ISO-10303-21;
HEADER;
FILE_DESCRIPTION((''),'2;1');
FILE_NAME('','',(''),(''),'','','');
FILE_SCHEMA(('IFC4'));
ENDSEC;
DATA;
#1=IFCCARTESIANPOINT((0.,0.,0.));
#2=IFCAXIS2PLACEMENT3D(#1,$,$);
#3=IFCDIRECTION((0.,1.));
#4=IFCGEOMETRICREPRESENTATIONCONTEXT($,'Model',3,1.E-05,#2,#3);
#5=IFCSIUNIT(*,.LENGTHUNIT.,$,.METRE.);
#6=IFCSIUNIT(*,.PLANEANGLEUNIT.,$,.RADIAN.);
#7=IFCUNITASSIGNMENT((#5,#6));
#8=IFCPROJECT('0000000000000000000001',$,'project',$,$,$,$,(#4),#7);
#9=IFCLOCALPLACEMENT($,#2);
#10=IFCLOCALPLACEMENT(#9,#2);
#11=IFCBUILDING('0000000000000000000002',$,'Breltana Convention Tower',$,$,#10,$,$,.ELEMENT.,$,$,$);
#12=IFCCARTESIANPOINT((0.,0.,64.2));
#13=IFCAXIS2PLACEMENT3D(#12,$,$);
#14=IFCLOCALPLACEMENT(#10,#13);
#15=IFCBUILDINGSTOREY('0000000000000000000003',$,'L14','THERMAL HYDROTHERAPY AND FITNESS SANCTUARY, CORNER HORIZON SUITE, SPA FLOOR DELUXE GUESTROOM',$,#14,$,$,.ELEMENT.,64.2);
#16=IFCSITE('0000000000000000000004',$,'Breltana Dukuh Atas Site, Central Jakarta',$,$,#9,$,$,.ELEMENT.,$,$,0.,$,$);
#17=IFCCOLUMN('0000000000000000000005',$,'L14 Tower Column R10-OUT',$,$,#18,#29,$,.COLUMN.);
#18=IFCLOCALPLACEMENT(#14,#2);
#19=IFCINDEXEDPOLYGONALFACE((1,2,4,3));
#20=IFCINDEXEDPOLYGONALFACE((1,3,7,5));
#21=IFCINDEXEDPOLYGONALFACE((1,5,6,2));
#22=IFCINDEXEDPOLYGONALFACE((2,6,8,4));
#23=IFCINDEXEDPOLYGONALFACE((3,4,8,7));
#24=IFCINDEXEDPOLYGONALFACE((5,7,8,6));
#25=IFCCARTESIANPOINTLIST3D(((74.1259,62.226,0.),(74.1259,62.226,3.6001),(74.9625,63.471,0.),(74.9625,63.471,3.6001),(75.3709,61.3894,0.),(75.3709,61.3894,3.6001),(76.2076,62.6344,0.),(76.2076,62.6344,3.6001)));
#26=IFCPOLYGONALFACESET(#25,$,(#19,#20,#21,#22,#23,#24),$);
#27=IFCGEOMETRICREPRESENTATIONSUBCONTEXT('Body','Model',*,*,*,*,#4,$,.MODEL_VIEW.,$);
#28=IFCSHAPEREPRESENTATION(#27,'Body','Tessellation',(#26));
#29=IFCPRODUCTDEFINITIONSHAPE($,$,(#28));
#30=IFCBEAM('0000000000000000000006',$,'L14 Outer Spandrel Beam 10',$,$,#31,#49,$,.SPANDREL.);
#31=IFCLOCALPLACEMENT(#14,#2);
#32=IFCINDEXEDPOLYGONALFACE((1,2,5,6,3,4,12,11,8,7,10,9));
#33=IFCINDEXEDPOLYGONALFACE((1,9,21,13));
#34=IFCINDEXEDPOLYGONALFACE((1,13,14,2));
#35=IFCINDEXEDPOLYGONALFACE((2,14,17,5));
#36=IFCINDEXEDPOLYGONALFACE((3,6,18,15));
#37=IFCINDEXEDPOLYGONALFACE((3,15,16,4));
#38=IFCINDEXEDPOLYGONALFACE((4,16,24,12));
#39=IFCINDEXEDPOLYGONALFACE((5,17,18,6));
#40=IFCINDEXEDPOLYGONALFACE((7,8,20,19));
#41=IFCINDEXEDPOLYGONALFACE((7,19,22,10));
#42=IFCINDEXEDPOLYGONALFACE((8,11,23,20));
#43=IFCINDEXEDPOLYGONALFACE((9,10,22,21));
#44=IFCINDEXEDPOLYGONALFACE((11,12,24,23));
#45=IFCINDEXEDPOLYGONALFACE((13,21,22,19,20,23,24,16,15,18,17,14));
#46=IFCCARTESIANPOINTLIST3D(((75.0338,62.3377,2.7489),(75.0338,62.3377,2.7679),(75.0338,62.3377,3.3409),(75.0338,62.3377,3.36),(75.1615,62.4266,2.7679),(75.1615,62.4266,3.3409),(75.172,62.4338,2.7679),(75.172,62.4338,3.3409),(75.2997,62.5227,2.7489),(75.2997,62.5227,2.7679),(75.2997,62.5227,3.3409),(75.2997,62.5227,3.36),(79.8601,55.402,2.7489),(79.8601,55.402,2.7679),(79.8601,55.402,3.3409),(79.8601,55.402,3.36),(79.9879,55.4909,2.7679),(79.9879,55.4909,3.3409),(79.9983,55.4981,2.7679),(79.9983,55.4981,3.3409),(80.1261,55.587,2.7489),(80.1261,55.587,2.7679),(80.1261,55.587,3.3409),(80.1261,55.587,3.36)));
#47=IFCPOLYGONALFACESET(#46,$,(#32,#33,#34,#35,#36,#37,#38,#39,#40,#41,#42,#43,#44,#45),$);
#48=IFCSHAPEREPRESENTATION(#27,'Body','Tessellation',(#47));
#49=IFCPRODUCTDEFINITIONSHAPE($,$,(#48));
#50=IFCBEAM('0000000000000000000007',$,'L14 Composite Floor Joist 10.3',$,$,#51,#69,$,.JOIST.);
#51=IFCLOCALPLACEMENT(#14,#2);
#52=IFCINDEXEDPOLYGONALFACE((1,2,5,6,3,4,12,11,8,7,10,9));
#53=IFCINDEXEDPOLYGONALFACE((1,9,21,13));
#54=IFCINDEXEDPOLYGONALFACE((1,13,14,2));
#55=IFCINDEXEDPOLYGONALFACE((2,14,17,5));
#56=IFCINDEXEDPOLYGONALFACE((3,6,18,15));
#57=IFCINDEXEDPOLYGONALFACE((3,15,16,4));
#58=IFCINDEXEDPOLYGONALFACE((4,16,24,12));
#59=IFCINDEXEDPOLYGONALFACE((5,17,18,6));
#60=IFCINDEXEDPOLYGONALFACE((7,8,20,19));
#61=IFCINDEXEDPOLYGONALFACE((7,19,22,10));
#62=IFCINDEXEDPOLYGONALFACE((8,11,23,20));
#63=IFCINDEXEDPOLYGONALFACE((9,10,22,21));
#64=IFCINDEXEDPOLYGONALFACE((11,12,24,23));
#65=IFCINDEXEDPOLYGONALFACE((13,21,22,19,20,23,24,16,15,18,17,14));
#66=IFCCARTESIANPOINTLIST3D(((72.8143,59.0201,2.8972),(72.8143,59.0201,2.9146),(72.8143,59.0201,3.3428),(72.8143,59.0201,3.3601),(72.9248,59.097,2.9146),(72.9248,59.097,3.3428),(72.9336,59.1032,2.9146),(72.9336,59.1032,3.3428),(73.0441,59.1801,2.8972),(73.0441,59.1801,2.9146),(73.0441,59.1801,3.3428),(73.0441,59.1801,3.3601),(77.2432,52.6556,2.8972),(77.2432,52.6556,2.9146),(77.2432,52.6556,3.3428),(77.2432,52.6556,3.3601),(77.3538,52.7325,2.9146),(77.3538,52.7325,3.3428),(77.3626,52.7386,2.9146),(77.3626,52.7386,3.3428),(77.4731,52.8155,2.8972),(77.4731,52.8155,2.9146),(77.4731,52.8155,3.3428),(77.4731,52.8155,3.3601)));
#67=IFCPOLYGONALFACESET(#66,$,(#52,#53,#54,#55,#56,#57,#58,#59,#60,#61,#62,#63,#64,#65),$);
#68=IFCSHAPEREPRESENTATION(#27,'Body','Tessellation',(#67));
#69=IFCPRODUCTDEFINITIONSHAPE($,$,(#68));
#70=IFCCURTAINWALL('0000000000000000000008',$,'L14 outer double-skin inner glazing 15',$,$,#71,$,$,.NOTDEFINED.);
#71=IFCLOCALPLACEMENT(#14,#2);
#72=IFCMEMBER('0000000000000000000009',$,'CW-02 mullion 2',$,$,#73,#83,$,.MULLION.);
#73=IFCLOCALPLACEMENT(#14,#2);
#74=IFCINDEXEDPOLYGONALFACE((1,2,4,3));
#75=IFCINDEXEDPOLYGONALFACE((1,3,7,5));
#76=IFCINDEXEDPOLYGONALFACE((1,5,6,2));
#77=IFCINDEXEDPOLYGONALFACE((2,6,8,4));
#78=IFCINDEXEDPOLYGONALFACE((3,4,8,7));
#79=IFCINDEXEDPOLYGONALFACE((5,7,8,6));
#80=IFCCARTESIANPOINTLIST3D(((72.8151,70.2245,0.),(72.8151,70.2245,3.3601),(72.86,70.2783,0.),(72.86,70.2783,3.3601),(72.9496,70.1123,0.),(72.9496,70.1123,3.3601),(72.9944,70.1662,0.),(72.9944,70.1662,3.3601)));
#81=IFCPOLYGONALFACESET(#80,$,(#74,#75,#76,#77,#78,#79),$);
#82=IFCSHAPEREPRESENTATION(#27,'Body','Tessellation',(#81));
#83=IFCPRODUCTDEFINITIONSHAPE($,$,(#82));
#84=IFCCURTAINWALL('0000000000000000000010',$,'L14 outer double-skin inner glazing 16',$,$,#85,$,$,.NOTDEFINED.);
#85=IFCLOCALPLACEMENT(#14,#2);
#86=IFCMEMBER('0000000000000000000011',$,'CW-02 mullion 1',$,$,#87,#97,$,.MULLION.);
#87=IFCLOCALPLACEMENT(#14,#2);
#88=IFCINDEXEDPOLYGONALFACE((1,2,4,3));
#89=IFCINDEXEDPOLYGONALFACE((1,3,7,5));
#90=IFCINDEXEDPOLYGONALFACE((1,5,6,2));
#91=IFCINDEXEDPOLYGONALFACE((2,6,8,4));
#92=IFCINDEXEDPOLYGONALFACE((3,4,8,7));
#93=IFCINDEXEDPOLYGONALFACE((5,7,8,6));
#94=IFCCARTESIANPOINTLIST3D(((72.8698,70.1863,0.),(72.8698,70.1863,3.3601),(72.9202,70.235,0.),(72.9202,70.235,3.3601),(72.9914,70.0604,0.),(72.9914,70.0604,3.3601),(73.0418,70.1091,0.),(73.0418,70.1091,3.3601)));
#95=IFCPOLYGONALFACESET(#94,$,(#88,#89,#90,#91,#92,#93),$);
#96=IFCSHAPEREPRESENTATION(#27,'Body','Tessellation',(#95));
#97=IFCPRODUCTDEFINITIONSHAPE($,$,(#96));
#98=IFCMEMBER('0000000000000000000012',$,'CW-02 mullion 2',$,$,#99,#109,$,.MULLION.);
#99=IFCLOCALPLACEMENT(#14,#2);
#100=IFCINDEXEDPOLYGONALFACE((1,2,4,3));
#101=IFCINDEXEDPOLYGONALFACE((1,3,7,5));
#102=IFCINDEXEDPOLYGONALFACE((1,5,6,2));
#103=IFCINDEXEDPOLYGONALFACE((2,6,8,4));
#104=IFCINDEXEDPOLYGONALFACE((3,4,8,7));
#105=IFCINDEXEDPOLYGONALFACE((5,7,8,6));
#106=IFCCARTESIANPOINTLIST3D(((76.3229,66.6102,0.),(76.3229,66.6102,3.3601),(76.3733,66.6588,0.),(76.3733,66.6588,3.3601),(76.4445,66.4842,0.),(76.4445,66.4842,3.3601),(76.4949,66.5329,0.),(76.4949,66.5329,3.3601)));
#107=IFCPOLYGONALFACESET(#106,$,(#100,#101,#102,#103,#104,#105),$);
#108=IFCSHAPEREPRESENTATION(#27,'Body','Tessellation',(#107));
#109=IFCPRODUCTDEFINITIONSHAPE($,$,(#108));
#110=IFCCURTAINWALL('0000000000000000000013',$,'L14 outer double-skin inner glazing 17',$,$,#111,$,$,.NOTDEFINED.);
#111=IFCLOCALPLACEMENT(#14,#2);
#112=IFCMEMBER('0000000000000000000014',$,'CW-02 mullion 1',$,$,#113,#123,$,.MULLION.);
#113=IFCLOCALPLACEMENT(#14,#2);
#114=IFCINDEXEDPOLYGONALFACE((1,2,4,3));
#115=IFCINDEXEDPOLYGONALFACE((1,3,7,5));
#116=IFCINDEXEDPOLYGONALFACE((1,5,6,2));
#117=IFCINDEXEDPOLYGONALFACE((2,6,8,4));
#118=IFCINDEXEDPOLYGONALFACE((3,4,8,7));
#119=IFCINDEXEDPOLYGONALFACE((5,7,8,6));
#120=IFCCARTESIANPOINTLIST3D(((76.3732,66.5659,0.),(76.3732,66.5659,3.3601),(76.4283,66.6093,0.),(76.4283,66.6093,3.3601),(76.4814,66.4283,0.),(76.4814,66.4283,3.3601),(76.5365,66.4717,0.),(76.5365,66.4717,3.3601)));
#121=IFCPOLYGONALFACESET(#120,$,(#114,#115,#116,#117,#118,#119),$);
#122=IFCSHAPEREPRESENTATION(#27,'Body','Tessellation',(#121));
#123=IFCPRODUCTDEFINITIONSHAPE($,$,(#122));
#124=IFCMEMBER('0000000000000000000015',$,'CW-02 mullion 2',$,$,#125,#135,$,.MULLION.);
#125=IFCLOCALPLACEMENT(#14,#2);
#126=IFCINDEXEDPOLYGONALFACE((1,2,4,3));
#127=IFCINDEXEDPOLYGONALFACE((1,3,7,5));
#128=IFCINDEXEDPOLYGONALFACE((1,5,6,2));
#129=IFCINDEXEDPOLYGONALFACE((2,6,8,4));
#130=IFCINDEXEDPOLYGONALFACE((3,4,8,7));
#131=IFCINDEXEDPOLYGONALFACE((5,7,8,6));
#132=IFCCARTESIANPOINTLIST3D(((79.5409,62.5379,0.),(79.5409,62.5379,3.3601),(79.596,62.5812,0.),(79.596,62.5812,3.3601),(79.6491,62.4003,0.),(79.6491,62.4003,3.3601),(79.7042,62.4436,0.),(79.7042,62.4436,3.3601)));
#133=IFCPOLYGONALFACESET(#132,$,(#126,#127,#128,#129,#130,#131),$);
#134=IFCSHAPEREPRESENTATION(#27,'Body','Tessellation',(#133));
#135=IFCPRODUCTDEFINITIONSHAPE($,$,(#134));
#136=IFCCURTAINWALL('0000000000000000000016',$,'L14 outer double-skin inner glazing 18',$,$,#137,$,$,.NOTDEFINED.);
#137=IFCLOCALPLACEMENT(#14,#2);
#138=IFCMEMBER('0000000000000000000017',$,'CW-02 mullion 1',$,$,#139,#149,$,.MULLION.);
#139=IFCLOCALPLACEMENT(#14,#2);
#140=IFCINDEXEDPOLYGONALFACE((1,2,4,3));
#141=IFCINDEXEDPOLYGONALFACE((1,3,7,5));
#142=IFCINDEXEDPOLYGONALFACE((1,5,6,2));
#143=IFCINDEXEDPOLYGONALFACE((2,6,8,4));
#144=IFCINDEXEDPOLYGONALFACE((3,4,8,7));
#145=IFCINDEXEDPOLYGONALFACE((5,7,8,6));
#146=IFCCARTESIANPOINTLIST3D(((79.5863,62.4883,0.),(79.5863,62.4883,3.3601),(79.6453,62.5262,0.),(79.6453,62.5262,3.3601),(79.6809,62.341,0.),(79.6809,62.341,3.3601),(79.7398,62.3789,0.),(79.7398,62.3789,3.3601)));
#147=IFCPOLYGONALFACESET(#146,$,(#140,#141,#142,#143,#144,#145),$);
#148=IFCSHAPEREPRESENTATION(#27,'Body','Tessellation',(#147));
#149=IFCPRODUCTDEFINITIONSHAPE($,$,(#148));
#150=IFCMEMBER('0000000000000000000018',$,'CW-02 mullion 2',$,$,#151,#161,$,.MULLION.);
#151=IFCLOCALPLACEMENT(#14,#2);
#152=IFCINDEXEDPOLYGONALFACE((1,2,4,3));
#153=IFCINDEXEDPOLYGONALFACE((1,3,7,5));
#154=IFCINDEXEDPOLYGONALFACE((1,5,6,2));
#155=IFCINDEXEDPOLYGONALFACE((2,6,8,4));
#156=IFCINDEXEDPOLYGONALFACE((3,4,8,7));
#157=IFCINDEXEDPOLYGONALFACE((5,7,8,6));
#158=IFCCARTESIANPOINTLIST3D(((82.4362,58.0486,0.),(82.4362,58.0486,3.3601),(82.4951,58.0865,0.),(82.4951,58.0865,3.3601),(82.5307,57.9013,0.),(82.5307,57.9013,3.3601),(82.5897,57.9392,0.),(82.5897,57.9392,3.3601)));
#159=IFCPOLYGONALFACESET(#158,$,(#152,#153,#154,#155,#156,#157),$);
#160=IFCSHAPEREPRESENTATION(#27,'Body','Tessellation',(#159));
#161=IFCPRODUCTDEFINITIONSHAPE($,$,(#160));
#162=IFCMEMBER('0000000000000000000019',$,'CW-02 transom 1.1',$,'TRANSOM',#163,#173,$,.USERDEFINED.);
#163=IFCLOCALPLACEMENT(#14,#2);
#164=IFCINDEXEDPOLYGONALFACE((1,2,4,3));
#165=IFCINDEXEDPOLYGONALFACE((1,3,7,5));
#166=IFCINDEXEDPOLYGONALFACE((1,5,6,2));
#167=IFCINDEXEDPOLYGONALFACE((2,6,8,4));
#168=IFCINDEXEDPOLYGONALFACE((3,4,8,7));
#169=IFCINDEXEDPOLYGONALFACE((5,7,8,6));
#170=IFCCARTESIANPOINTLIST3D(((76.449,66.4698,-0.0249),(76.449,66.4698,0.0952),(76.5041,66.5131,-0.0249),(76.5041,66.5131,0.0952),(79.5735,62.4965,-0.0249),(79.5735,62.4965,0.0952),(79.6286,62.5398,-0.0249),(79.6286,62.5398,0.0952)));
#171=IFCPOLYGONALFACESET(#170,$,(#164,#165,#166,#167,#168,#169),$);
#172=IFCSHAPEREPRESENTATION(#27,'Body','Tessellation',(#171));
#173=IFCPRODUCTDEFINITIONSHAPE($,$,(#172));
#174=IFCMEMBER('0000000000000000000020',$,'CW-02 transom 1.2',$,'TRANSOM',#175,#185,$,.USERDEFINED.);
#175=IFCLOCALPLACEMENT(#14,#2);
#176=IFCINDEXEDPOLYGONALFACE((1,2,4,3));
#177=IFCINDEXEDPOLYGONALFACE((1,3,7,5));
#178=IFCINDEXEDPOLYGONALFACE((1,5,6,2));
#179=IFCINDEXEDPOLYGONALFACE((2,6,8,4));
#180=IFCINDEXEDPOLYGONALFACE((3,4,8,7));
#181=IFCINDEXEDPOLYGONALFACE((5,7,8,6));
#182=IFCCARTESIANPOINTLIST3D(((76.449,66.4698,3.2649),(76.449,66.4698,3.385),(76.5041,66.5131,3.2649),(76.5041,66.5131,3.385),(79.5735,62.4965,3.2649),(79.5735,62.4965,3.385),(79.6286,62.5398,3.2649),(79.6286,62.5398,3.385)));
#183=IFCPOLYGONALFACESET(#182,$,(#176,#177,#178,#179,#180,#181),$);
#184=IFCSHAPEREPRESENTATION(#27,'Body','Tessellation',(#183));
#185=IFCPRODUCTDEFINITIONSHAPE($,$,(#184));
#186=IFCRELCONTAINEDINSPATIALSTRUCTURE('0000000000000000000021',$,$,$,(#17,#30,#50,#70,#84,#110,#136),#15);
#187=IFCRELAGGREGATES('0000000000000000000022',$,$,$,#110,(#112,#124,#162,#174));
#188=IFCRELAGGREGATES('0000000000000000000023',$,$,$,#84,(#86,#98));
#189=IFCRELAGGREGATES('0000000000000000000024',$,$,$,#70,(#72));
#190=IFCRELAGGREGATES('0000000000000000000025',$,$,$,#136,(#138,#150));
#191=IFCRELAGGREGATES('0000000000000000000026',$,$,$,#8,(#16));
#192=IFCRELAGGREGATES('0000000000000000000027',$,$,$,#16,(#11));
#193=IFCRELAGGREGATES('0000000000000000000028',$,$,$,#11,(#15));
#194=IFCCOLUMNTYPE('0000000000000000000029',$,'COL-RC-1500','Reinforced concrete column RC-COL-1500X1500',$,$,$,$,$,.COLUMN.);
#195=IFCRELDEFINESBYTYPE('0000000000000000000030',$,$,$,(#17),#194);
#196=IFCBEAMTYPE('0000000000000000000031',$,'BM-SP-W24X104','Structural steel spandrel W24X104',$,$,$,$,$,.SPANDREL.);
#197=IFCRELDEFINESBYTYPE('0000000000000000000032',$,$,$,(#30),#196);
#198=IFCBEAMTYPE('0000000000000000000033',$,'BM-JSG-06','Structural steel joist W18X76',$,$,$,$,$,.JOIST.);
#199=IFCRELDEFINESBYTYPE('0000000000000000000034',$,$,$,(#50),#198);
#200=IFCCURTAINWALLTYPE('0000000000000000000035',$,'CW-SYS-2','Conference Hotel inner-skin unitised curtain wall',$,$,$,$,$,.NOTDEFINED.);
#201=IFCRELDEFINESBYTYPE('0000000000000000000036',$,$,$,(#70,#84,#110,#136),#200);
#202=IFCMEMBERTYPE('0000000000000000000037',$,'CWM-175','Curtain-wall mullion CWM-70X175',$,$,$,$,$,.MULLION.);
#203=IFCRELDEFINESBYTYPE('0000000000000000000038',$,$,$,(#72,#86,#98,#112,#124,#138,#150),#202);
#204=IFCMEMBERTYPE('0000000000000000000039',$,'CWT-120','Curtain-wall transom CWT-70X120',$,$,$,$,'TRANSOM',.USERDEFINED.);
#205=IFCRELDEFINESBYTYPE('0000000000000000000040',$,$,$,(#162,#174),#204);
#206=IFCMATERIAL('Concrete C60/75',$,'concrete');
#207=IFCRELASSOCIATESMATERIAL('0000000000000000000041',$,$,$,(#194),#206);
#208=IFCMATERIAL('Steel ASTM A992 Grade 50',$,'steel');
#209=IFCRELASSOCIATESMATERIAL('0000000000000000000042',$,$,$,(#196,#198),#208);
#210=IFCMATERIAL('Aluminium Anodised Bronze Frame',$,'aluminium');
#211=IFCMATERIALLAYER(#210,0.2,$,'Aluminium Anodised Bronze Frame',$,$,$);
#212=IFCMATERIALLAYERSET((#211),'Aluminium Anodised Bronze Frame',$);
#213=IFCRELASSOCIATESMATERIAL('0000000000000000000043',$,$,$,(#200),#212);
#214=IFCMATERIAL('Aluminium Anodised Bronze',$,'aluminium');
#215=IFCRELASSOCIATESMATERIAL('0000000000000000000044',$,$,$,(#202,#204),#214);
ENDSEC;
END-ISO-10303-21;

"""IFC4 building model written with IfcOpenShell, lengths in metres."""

from ifc_helpers import new_model, si_unit, direction, frame, origin, origin_2d, place, context, subcontext, project, spatial, rectangle, i_section, extrude, source, transform, mapped, material, layer, layer_set, material_profile, profile_set, type_object, type_shapes, element, aggregate, save


model = new_model("IFC4")

# Units and contexts
model_context = context("Model", 3, precision=1e-05, world=origin(), true_north=direction((0.0, 1.0)))
body_context = subcontext(model_context, "Body", "Model", "MODEL_VIEW")
ifc_project = project(units=[si_unit("LENGTHUNIT", "METRE"), si_unit("PLANEANGLEUNIT", "RADIAN")], contexts=[model_context])

# Site, building, storey
site_placement = place(None, origin())
site = spatial("IfcSite", under=ifc_project, at=site_placement, Name="Breltana Dukuh Atas Site, Central Jakarta", CompositionType="ELEMENT", RefElevation=0.0)
building_placement = place(site_placement, origin())
building = spatial("IfcBuilding", under=site, at=building_placement, Name="Breltana Convention Tower", CompositionType="ELEMENT")
storey_placement = place(building_placement, frame((0.0, 0.0, 64.2)))
storey = spatial("IfcBuildingStorey", under=building, at=storey_placement, Name="L14", Description="THERMAL HYDROTHERAPY AND FITNESS SANCTUARY, CORNER HORIZON SUITE, SPA FLOOR DELUXE GUESTROOM", CompositionType="ELEMENT", Elevation=64.2)

# Column
ifc_material_1 = material(Name="Concrete C60/75", Category="concrete")
ifc_material_profile_1 = material_profile(ifc_material_1, rectangle(XDim=1.5, YDim=1.5, at=origin_2d()), Name="RC-COL-1500X1500")
ifc_profile_set_1 = profile_set([ifc_material_profile_1], Name="Concrete C60/75")
column_type = type_object("IfcColumnType", Name="COL-RC-1500", Description="Reinforced concrete column RC-COL-1500X1500", PredefinedType="COLUMN", material=ifc_profile_set_1)
shared_shape_1 = source(origin(), body_context, "Body", "SweptSolid", [
    extrude(rectangle(XDim=1.5, YDim=1.5, at=origin_2d()), origin(), (0.0, 0.0, 1.0), 3.6001),
])
column_placement = place(storey_placement, frame((75.1667, 62.4302, 0.0), z_axis=(0.0, 0.0, 1.0), x_axis=(0.557745, 0.830012, 0.0)))
element("IfcColumn", 1, at=column_placement, inside=storey, type_object=column_type, Name="L14 Tower Column R10-OUT", PredefinedType="COLUMN", context=body_context, shape_type="MappedRepresentation", body=[
    mapped(shared_shape_1, transform((0.0, 0.0, 0.0), scale=1.0)),
])

# Beams
ifc_material_2 = material(Name="Steel ASTM A992 Grade 50", Category="steel")
ifc_material_profile_2 = material_profile(ifc_material_2, i_section(OverallWidth=0.324, OverallDepth=0.6111, WebThickness=0.0127, FlangeThickness=0.019, at=origin_2d()), Name="W24X104")
ifc_profile_set_2 = profile_set([ifc_material_profile_2], Name="Steel ASTM A992 Grade 50")
beam_type_1 = type_object("IfcBeamType", Name="BM-SP-W24X104", Description="Structural steel spandrel W24X104", PredefinedType="SPANDREL", material=ifc_profile_set_2)
shared_shape_2 = source(origin(), body_context, "Body", "SweptSolid", [
    extrude(i_section(OverallWidth=0.324, OverallDepth=0.6111, WebThickness=0.0127, FlangeThickness=0.019, at=origin_2d()), origin(), (0.0, 0.0, 1.0), 8.4497),
])
beam_1_placement = place(storey_placement, frame((75.1667, 62.4302, 3.0544), z_axis=(0.571186, -0.820821, 0.0), x_axis=(0.820821, 0.571186, 0.0)))
element("IfcBeam", 2, at=beam_1_placement, inside=storey, type_object=beam_type_1, Name="L14 Outer Spandrel Beam 10", PredefinedType="SPANDREL", context=body_context, shape_type="MappedRepresentation", body=[
    mapped(shared_shape_2, transform((0.0, 0.0, 0.0), scale=1.0)),
])
ifc_material_profile_3 = material_profile(ifc_material_2, i_section(OverallWidth=0.28, OverallDepth=0.4629, WebThickness=0.0107, FlangeThickness=0.0173, at=origin_2d()), Name="W18X76")
ifc_profile_set_3 = profile_set([ifc_material_profile_3], Name="Steel ASTM A992 Grade 50")
beam_type_2 = type_object("IfcBeamType", Name="BM-JSG-06", Description="Structural steel joist W18X76", PredefinedType="JOIST", material=ifc_profile_set_3)
shared_shape_3 = source(origin(), body_context, "Body", "SweptSolid", [
    extrude(i_section(OverallWidth=0.28, OverallDepth=0.4629, WebThickness=0.0107, FlangeThickness=0.0173, at=origin_2d()), origin(), (0.0, 0.0, 1.0), 7.7539),
])
beam_2_placement = place(storey_placement, frame((72.9292, 59.1001, 3.1287), z_axis=(0.571193, -0.820816, 0.0), x_axis=(0.820816, 0.571193, 0.0)))
element("IfcBeam", 3, at=beam_2_placement, inside=storey, type_object=beam_type_2, Name="L14 Composite Floor Joist 10.3", PredefinedType="JOIST", context=body_context, shape_type="MappedRepresentation", body=[
    mapped(shared_shape_3, transform((0.0, 0.0, 0.0), scale=1.0)),
])

# Curtain wall, member
ifc_material_3 = material(Name="Aluminium Anodised Bronze Frame", Category="aluminium")
ifc_layer_1 = layer(ifc_material_3, 0.2, Name="Aluminium Anodised Bronze Frame")
ifc_layer_set_1 = layer_set([ifc_layer_1], Name="Aluminium Anodised Bronze Frame")
curtain_wall_type = type_object("IfcCurtainWallType", Name="CW-SYS-2", Description="Conference Hotel inner-skin unitised curtain wall", PredefinedType="NOTDEFINED", material=ifc_layer_set_1)
curtain_wall_1_placement = place(storey_placement, origin())
curtain_wall_1 = element("IfcCurtainWall", 4, at=curtain_wall_1_placement, inside=storey, type_object=curtain_wall_type, Name="L14 outer double-skin inner glazing 15", PredefinedType="NOTDEFINED")
ifc_material_4 = material(Name="Aluminium Anodised Bronze", Category="aluminium")
ifc_material_profile_4 = material_profile(ifc_material_4, rectangle(XDim=0.0701, YDim=0.175, at=origin_2d()), Name="CWM-70X175")
ifc_profile_set_4 = profile_set([ifc_material_profile_4], Name="Aluminium Anodised Bronze")
member_type_1 = type_object("IfcMemberType", Name="CWM-175", Description="Curtain-wall mullion CWM-70X175", PredefinedType="MULLION", material=ifc_profile_set_4)
shared_shape_4 = source(origin(), body_context, "Body", "SweptSolid", [
    extrude(rectangle(XDim=0.0701, YDim=0.175, at=origin_2d()), origin(), (0.0, 0.0, 1.0), 3.3601),
])
type_shapes(member_type_1, [shared_shape_4])
member_1_placement = place(storey_placement, frame((72.9048, 70.1953, 0.0), z_axis=(0.0, 0.0, 1.0), x_axis=(0.64052, 0.767941, 0.0)))
member_1 = element("IfcMember", 5, at=member_1_placement, type_object=member_type_1, Name="CW-02 mullion 2", PredefinedType="MULLION", context=body_context, shape_type="MappedRepresentation", body=[
    mapped(shared_shape_4, transform((0.0, 0.0, 0.0), scale=1.0)),
])

# Curtain walls, members
curtain_wall_2_placement = place(storey_placement, origin())
curtain_wall_2 = element("IfcCurtainWall", 6, at=curtain_wall_2_placement, inside=storey, type_object=curtain_wall_type, Name="L14 outer double-skin inner glazing 16", PredefinedType="NOTDEFINED")
member_2_placement = place(storey_placement, frame((72.9558, 70.1477, 0.0), z_axis=(0.0, 0.0, 1.0), x_axis=(0.719386, 0.69461, 0.0)))
member_2 = element("IfcMember", 7, at=member_2_placement, type_object=member_type_1, Name="CW-02 mullion 1", PredefinedType="MULLION", context=body_context, shape_type="MappedRepresentation", body=[
    mapped(shared_shape_4, transform((0.0, 0.0, 0.0), scale=1.0)),
])
member_3_placement = place(storey_placement, frame((76.4089, 66.5715, 0.0), z_axis=(0.0, 0.0, 1.0), x_axis=(0.719386, 0.69461, 0.0)))
member_3 = element("IfcMember", 8, at=member_3_placement, type_object=member_type_1, Name="CW-02 mullion 2", PredefinedType="MULLION", context=body_context, shape_type="MappedRepresentation", body=[
    mapped(shared_shape_4, transform((0.0, 0.0, 0.0), scale=1.0)),
])
curtain_wall_3_placement = place(storey_placement, origin())
curtain_wall_3 = element("IfcCurtainWall", 9, at=curtain_wall_3_placement, inside=storey, type_object=curtain_wall_type, Name="L14 outer double-skin inner glazing 17", PredefinedType="NOTDEFINED")
member_4_placement = place(storey_placement, frame((76.4548, 66.5188, 0.0), z_axis=(0.0, 0.0, 1.0), x_axis=(0.786057, 0.618154, 0.0)))
member_4 = element("IfcMember", 10, at=member_4_placement, type_object=member_type_1, Name="CW-02 mullion 1", PredefinedType="MULLION", context=body_context, shape_type="MappedRepresentation", body=[
    mapped(shared_shape_4, transform((0.0, 0.0, 0.0), scale=1.0)),
])
member_5_placement = place(storey_placement, frame((79.6226, 62.4907, 0.0), z_axis=(0.0, 0.0, 1.0), x_axis=(0.786057, 0.618154, 0.0)))
member_5 = element("IfcMember", 11, at=member_5_placement, type_object=member_type_1, Name="CW-02 mullion 2", PredefinedType="MULLION", context=body_context, shape_type="MappedRepresentation", body=[
    mapped(shared_shape_4, transform((0.0, 0.0, 0.0), scale=1.0)),
])
curtain_wall_4_placement = place(storey_placement, origin())
curtain_wall_4 = element("IfcCurtainWall", 12, at=curtain_wall_4_placement, inside=storey, type_object=curtain_wall_type, Name="L14 outer double-skin inner glazing 18", PredefinedType="NOTDEFINED")
member_6_placement = place(storey_placement, frame((79.6631, 62.4336, 0.0), z_axis=(0.0, 0.0, 1.0), x_axis=(0.841549, 0.540181, 0.0)))
member_6 = element("IfcMember", 13, at=member_6_placement, type_object=member_type_1, Name="CW-02 mullion 1", PredefinedType="MULLION", context=body_context, shape_type="MappedRepresentation", body=[
    mapped(shared_shape_4, transform((0.0, 0.0, 0.0), scale=1.0)),
])
member_7_placement = place(storey_placement, frame((82.5129, 57.9939, 0.0), z_axis=(0.0, 0.0, 1.0), x_axis=(0.841549, 0.540181, 0.0)))
member_7 = element("IfcMember", 14, at=member_7_placement, type_object=member_type_1, Name="CW-02 mullion 2", PredefinedType="MULLION", context=body_context, shape_type="MappedRepresentation", body=[
    mapped(shared_shape_4, transform((0.0, 0.0, 0.0), scale=1.0)),
])

# Members
ifc_material_profile_5 = material_profile(ifc_material_4, rectangle(XDim=0.0701, YDim=0.1201, at=origin_2d()), Name="CWT-70X120")
ifc_profile_set_5 = profile_set([ifc_material_profile_5], Name="Aluminium Anodised Bronze")
member_type_2 = type_object("IfcMemberType", Name="CWT-120", Description="Curtain-wall transom CWT-70X120", ElementType="TRANSOM", PredefinedType="USERDEFINED", material=ifc_profile_set_5)
shared_shape_5 = source(origin(), body_context, "Body", "SweptSolid", [
    extrude(rectangle(XDim=0.0701, YDim=0.1201, at=origin_2d()), origin(), (0.0, 0.0, 1.0), 5.0547),
])
member_8_placement = place(storey_placement, frame((76.4766, 66.4915, 0.0352), z_axis=(0.618135, -0.786072, 0.0), x_axis=(0.786072, 0.618135, 0.0)))
member_8 = element("IfcMember", 15, at=member_8_placement, type_object=member_type_2, Name="CW-02 transom 1.1", ObjectType="TRANSOM", PredefinedType="USERDEFINED", context=body_context, shape_type="MappedRepresentation", body=[
    mapped(shared_shape_5, transform((0.0, 0.0, 0.0), scale=1.0)),
])
member_9_placement = place(storey_placement, frame((76.4766, 66.4915, 3.325), z_axis=(0.618135, -0.786072, 0.0), x_axis=(0.786072, 0.618135, 0.0)))
member_9 = element("IfcMember", 16, at=member_9_placement, type_object=member_type_2, Name="CW-02 transom 1.2", ObjectType="TRANSOM", PredefinedType="USERDEFINED", context=body_context, shape_type="MappedRepresentation", body=[
    mapped(shared_shape_5, transform((0.0, 0.0, 0.0), scale=1.0)),
])

aggregate(curtain_wall_3, [member_4, member_5, member_8, member_9])
aggregate(curtain_wall_2, [member_2, member_3])
aggregate(curtain_wall_1, [member_1])
aggregate(curtain_wall_4, [member_6, member_7])

save(model, "model.ifc")
